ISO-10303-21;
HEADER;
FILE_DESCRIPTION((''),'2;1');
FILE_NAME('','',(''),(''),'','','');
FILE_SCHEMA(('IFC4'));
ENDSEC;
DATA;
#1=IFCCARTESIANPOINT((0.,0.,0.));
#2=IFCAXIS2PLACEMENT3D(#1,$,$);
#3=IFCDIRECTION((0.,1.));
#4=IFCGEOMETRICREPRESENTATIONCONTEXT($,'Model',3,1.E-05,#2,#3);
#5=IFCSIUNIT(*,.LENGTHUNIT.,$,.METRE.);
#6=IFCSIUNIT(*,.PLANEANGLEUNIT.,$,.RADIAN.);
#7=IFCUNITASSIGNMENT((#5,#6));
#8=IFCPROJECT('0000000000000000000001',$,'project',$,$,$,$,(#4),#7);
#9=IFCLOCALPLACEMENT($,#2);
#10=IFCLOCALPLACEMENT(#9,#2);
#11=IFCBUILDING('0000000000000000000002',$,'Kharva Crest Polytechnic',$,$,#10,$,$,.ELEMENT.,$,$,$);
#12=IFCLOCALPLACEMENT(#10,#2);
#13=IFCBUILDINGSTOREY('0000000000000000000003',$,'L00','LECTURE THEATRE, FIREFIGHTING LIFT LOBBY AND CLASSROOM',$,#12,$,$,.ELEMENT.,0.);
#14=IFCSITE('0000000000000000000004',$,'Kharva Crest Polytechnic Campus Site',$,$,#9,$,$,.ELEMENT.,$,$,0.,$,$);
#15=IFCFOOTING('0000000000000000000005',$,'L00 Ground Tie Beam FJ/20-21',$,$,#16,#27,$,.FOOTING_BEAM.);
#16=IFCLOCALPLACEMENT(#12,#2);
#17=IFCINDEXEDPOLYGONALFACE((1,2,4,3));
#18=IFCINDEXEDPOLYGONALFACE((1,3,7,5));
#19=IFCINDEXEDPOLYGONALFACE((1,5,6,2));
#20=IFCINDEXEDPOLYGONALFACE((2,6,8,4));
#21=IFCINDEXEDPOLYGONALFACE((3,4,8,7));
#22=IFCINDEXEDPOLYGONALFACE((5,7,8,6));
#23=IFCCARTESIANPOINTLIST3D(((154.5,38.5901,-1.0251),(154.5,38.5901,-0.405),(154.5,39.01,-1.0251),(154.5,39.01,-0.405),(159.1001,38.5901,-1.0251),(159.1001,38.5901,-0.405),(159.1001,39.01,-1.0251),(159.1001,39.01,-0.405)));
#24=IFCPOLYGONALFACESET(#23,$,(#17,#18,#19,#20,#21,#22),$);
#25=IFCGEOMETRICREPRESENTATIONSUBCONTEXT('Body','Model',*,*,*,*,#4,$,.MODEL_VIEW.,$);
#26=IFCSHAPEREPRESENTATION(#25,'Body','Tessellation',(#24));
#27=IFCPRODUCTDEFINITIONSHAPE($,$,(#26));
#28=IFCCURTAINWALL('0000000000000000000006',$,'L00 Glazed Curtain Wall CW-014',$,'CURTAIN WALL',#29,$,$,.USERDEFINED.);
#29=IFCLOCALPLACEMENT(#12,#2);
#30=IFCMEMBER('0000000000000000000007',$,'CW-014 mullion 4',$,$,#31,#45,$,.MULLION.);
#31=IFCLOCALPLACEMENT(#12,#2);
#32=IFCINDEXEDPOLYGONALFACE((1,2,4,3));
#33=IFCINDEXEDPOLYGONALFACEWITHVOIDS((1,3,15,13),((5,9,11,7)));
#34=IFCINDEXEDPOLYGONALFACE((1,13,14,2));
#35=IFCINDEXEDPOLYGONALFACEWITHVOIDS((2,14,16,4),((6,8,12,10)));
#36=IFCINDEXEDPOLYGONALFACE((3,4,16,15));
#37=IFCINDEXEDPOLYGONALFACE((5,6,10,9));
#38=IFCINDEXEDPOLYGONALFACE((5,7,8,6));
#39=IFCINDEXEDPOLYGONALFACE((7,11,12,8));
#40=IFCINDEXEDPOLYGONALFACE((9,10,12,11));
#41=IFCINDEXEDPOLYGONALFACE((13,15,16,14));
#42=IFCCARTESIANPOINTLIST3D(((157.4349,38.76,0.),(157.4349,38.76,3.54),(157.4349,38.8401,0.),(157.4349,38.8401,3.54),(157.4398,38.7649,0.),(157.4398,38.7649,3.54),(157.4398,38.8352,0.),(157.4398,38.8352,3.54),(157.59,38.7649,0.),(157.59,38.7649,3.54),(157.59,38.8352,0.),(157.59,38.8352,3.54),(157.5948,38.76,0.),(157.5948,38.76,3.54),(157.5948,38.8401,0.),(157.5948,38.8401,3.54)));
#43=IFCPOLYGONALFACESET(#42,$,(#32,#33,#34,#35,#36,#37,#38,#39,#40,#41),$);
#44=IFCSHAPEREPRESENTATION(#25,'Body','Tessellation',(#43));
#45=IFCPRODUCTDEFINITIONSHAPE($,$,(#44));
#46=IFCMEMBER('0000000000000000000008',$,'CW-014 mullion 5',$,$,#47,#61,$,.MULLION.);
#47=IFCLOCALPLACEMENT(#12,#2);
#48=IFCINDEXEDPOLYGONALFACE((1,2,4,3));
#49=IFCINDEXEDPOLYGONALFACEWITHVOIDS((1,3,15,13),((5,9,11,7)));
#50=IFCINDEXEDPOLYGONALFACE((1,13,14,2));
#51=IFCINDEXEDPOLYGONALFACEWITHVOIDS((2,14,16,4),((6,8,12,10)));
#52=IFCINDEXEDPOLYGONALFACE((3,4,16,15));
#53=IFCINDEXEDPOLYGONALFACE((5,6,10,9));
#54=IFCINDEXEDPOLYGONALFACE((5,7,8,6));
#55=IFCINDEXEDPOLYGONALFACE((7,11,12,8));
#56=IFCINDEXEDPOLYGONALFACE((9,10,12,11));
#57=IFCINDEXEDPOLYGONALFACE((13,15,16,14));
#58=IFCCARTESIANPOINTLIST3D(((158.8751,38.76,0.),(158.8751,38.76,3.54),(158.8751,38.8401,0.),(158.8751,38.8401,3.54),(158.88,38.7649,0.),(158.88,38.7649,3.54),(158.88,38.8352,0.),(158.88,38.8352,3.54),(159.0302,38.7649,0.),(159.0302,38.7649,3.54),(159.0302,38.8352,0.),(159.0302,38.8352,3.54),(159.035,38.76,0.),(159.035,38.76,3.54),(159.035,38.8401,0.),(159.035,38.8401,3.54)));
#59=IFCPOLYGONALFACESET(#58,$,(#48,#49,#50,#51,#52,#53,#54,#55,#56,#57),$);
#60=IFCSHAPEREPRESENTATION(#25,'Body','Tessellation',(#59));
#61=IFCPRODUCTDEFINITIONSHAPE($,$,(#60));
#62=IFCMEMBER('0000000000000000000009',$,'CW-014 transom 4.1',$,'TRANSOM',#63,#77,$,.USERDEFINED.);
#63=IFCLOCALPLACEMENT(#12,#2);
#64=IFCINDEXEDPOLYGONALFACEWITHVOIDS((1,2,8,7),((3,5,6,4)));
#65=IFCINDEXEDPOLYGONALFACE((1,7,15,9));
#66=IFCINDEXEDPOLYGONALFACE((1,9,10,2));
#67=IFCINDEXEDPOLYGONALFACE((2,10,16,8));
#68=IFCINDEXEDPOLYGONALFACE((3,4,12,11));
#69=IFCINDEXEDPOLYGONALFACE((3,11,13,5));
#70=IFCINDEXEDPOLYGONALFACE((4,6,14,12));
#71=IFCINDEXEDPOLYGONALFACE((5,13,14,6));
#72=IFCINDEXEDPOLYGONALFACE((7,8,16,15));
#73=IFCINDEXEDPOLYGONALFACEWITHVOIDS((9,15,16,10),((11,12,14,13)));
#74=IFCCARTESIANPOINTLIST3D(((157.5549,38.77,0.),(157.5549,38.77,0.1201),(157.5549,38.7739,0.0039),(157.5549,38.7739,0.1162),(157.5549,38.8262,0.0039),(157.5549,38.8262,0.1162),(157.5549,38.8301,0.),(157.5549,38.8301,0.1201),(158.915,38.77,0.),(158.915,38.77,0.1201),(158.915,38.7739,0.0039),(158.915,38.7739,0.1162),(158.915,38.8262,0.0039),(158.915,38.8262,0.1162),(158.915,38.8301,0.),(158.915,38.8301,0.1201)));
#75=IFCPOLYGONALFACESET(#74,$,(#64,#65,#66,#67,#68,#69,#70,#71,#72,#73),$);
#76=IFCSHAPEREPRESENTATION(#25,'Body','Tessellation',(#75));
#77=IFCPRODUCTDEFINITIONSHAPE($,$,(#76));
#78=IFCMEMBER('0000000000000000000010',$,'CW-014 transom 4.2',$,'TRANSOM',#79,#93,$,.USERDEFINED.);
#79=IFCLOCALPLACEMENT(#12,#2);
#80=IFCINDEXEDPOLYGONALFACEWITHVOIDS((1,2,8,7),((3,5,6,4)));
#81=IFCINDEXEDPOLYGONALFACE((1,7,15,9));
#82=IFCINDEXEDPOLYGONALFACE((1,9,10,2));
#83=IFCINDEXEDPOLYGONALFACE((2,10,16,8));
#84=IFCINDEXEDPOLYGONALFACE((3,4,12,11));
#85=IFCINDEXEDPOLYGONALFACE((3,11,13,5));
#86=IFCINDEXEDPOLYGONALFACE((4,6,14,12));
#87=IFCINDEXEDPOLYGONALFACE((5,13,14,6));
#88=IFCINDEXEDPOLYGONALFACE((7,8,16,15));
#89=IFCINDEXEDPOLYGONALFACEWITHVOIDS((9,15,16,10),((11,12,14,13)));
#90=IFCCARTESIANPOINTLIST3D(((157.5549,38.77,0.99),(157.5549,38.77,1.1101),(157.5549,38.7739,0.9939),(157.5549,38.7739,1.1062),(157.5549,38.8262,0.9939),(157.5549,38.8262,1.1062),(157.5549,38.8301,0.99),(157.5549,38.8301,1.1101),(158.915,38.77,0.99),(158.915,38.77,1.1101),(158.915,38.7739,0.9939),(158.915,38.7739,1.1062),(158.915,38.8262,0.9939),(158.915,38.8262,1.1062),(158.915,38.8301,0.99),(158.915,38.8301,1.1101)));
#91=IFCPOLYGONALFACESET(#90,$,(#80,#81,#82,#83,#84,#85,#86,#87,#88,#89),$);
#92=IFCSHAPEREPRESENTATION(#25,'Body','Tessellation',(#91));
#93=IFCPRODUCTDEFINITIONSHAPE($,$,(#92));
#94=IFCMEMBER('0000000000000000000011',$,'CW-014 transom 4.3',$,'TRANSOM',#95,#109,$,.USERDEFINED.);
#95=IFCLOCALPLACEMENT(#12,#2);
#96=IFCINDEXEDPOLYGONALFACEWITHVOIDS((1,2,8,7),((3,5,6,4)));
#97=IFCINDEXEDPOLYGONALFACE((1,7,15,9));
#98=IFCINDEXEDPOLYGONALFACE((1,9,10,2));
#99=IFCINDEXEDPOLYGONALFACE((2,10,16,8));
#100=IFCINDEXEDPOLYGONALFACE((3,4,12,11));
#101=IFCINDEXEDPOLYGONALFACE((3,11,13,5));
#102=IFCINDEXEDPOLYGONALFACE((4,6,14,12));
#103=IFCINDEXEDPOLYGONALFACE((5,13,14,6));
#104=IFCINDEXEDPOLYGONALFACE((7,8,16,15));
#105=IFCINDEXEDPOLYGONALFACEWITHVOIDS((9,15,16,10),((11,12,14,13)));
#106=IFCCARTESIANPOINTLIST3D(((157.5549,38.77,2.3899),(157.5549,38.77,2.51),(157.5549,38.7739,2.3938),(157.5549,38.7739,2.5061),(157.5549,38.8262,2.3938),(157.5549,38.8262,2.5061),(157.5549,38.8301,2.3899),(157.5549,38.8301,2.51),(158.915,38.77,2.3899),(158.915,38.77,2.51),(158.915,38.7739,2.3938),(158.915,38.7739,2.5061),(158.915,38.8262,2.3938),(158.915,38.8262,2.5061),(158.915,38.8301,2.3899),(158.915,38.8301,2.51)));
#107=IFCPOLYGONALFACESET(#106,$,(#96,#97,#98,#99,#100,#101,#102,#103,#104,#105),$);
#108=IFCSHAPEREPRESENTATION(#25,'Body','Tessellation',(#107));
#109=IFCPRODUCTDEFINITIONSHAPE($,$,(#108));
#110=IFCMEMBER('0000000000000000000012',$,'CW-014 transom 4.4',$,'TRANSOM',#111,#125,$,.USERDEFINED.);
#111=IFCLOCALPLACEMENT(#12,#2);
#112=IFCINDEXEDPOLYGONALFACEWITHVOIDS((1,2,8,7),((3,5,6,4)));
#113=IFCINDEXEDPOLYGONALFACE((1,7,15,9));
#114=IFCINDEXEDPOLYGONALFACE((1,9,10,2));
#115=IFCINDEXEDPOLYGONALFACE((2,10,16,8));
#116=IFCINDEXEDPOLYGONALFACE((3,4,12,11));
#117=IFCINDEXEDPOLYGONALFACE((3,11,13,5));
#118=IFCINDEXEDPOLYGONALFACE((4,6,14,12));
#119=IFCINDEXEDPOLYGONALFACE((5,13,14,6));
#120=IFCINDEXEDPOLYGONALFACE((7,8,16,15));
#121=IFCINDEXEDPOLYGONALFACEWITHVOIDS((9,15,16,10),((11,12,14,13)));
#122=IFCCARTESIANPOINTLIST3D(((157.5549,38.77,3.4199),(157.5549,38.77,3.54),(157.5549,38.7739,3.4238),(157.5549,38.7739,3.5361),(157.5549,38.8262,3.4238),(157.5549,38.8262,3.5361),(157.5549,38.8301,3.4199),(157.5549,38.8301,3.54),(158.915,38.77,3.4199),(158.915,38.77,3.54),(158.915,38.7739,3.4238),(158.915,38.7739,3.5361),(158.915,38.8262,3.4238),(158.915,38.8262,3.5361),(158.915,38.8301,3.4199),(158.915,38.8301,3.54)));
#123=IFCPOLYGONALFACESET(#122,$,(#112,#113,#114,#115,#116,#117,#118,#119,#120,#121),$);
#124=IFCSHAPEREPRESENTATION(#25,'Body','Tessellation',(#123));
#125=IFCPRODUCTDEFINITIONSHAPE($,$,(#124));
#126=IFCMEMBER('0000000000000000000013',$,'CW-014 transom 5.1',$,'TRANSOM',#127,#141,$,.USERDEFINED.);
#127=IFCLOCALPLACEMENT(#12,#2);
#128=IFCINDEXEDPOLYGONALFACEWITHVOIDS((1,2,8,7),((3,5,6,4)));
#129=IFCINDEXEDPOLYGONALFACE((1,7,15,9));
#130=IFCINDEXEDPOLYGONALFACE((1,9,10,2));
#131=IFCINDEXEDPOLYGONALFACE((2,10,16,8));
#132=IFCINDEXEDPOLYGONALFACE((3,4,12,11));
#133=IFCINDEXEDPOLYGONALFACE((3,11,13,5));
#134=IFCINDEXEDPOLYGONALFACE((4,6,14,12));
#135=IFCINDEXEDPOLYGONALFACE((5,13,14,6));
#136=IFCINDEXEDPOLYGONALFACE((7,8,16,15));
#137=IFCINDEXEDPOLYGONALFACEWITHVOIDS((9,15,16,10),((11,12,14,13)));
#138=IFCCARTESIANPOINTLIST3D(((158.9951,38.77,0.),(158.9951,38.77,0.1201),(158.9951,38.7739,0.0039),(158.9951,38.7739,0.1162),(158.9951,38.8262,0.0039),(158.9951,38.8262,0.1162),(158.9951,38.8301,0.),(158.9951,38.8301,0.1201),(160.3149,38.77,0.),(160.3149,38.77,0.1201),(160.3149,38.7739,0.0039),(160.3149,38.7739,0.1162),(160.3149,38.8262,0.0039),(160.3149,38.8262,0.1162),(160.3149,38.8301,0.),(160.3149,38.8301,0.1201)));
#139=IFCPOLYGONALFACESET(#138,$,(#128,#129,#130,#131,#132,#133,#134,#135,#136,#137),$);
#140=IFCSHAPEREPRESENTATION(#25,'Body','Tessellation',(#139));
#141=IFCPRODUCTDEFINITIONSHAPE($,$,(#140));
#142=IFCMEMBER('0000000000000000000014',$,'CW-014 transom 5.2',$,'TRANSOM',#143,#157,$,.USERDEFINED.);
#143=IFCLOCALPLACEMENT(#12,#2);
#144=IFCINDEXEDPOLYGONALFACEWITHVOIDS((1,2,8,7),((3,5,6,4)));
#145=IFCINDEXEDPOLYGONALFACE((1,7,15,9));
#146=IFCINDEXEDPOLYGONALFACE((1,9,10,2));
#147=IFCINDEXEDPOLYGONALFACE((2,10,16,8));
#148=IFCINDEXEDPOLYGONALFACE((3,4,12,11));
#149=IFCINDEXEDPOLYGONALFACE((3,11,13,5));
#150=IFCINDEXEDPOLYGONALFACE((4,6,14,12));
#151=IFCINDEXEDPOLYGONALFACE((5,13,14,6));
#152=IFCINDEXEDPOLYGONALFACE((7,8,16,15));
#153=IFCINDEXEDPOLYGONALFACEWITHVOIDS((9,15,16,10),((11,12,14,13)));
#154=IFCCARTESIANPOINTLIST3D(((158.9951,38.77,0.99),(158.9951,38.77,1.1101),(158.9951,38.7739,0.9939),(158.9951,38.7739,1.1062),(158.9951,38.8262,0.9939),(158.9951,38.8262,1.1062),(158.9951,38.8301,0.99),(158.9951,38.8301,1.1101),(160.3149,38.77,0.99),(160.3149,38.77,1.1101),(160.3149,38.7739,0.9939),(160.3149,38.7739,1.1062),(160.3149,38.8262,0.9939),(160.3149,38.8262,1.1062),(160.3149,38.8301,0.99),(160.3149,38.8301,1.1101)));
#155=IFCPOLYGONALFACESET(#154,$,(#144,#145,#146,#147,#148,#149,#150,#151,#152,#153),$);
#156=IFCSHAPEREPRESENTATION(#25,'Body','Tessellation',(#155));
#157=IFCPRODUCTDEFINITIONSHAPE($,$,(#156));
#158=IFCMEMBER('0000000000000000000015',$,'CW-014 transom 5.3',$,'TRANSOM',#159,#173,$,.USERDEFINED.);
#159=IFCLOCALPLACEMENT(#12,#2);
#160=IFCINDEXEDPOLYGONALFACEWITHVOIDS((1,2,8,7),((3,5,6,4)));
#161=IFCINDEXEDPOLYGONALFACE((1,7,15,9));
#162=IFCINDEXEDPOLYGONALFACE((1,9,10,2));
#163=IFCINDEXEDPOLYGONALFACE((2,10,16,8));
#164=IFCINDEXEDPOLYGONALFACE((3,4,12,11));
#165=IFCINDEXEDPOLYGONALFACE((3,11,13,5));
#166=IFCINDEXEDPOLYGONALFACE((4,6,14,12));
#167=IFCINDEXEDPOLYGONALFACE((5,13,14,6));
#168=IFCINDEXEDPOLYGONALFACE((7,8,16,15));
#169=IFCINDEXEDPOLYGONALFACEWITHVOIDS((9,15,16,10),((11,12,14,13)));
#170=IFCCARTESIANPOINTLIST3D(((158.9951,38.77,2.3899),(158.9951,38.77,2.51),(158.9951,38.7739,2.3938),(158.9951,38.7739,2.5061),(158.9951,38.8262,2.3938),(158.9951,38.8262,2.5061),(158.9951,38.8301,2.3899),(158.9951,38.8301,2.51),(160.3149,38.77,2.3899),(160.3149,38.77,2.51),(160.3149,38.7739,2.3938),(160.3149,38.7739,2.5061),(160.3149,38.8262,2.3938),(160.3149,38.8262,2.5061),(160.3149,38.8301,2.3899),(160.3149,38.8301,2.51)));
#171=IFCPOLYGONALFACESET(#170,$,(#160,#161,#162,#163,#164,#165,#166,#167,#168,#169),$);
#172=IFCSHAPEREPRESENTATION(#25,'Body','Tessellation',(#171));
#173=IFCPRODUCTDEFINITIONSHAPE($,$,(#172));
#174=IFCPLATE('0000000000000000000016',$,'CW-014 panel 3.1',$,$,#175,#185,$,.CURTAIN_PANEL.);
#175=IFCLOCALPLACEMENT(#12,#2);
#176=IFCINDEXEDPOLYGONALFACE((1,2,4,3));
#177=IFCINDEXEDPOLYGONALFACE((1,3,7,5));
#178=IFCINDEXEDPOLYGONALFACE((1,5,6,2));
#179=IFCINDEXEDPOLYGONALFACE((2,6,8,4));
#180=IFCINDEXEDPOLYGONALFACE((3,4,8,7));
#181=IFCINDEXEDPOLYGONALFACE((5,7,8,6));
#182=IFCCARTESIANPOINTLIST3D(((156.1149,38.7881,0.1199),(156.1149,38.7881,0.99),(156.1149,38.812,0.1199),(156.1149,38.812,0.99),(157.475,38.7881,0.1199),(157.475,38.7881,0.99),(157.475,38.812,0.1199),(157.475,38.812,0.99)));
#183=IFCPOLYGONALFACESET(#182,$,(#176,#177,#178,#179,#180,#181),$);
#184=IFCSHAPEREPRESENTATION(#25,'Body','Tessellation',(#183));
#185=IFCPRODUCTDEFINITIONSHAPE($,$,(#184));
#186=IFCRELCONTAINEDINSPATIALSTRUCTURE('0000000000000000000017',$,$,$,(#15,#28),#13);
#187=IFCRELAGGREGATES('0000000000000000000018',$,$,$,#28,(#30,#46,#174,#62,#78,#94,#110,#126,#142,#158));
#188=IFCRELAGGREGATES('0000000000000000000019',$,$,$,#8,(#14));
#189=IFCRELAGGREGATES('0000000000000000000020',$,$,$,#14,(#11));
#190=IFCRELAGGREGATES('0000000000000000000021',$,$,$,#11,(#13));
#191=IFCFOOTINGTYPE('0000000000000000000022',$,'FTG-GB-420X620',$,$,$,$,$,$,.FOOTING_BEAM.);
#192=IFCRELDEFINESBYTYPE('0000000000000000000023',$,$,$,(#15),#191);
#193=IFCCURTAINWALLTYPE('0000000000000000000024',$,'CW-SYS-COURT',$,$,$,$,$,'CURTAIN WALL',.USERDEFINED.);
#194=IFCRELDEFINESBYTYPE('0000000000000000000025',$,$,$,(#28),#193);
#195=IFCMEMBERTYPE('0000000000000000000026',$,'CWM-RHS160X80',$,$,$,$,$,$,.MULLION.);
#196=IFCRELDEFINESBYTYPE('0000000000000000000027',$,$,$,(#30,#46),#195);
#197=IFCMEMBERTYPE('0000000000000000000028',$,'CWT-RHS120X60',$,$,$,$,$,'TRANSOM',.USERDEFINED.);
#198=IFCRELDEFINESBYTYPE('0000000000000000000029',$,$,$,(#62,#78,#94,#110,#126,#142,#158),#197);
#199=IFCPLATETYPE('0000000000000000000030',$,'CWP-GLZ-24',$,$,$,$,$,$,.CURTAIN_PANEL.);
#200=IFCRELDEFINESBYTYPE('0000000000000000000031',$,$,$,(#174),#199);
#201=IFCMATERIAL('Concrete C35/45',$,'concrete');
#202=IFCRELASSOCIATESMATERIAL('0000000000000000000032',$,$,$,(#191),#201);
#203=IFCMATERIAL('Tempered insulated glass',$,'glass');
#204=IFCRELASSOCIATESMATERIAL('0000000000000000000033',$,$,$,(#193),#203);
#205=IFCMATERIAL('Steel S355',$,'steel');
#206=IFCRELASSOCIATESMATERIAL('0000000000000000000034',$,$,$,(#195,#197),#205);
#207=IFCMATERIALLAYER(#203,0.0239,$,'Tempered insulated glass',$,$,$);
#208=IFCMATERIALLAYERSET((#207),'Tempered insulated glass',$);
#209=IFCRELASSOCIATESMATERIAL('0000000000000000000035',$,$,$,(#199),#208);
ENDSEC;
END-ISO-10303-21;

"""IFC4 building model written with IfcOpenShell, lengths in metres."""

from ifc_helpers import new_model, si_unit, direction, frame, origin, origin_2d, place, context, subcontext, project, spatial, rectangle, hollow_rectangle, extrude, material, layer, layer_set, material_profile, profile_set, type_object, element, aggregate, save


model = new_model("IFC4")

# Units and contexts
model_context = context("Model", 3, precision=1e-05, world=origin(), true_north=direction((0.0, 1.0)))
body_context = subcontext(model_context, "Body", "Model", "MODEL_VIEW")
ifc_project = project(units=[si_unit("LENGTHUNIT", "METRE"), si_unit("PLANEANGLEUNIT", "RADIAN")], contexts=[model_context])

# Site, building, storey
site_placement = place(None, origin())
site = spatial("IfcSite", under=ifc_project, at=site_placement, Name="Kharva Crest Polytechnic Campus Site", CompositionType="ELEMENT", RefElevation=0.0)
building_placement = place(site_placement, origin())
building = spatial("IfcBuilding", under=site, at=building_placement, Name="Kharva Crest Polytechnic", CompositionType="ELEMENT")
storey_placement = place(building_placement, origin())
storey = spatial("IfcBuildingStorey", under=building, at=storey_placement, Name="L00", Description="LECTURE THEATRE, FIREFIGHTING LIFT LOBBY AND CLASSROOM", CompositionType="ELEMENT", Elevation=0.0)

# Footing
ifc_material_1 = material(Name="Concrete C35/45", Category="concrete")
footing_type = type_object("IfcFootingType", Name="FTG-GB-420X620", PredefinedType="FOOTING_BEAM", material=ifc_material_1)
footing_placement = place(storey_placement, frame((156.8, 38.8, -1.0251), z_axis=(0.0, 0.0, 1.0), x_axis=(1.0, 0.0, 0.0)))
element("IfcFooting", 1, at=footing_placement, inside=storey, type_object=footing_type, Name="L00 Ground Tie Beam FJ/20-21", PredefinedType="FOOTING_BEAM", context=body_context, shape_type="SweptSolid", body=[
    extrude(rectangle(XDim=4.6001, YDim=0.4199, at=origin_2d()), origin(), (0.0, 0.0, 1.0), 0.6201),
])

# Curtain wall, members, plate
ifc_material_2 = material(Name="Tempered insulated glass", Category="glass")
curtain_wall_type = type_object("IfcCurtainWallType", Name="CW-SYS-COURT", ElementType="CURTAIN WALL", PredefinedType="USERDEFINED", material=ifc_material_2)
curtain_wall_placement = place(storey_placement, origin())
curtain_wall = element("IfcCurtainWall", 2, at=curtain_wall_placement, inside=storey, type_object=curtain_wall_type, Name="L00 Glazed Curtain Wall CW-014", ObjectType="CURTAIN WALL", PredefinedType="USERDEFINED")
ifc_material_3 = material(Name="Steel S355", Category="steel")
ifc_material_profile_1 = material_profile(ifc_material_3, hollow_rectangle(XDim=0.0801, YDim=0.1599, WallThickness=0.0049, at=origin_2d()), Name="RHS 160X80X5.0")
ifc_profile_set_1 = profile_set([ifc_material_profile_1], Name="Steel S355")
member_type_1 = type_object("IfcMemberType", Name="CWM-RHS160X80", PredefinedType="MULLION", material=ifc_profile_set_1)
member_1_placement = place(storey_placement, frame((157.5149, 38.8, 0.0), z_axis=(0.0, 0.0, 1.0), x_axis=(0.0, 1.0, 0.0)))
member_1 = element("IfcMember", 3, at=member_1_placement, type_object=member_type_1, Name="CW-014 mullion 4", PredefinedType="MULLION", context=body_context, shape_type="SweptSolid", body=[
    extrude(hollow_rectangle(XDim=0.0801, YDim=0.1599, WallThickness=0.0049, at=origin_2d()), origin(), (0.0, 0.0, 1.0), 3.54),
])
member_2_placement = place(storey_placement, frame((158.9551, 38.8, 0.0), z_axis=(0.0, 0.0, 1.0), x_axis=(0.0, 1.0, 0.0)))
member_2 = element("IfcMember", 4, at=member_2_placement, type_object=member_type_1, Name="CW-014 mullion 5", PredefinedType="MULLION", context=body_context, shape_type="SweptSolid", body=[
    extrude(hollow_rectangle(XDim=0.0801, YDim=0.1599, WallThickness=0.0049, at=origin_2d()), origin(), (0.0, 0.0, 1.0), 3.54),
])
ifc_material_profile_2 = material_profile(ifc_material_3, hollow_rectangle(XDim=0.0601, YDim=0.1201, WallThickness=0.0039, at=origin_2d()), Name="RHS 120X60X4.0")
ifc_profile_set_2 = profile_set([ifc_material_profile_2], Name="Steel S355")
member_type_2 = type_object("IfcMemberType", Name="CWT-RHS120X60", ElementType="TRANSOM", PredefinedType="USERDEFINED", material=ifc_profile_set_2)
member_3_placement = place(storey_placement, frame((157.5549, 38.8, 0.0601), z_axis=(1.0, 0.0, 0.0), x_axis=(0.0, 1.0, 0.0)))
member_3 = element("IfcMember", 5, at=member_3_placement, type_object=member_type_2, Name="CW-014 transom 4.1", ObjectType="TRANSOM", PredefinedType="USERDEFINED", context=body_context, shape_type="SweptSolid", body=[
    extrude(hollow_rectangle(XDim=0.0601, YDim=0.1201, WallThickness=0.0039, at=origin_2d()), origin(), (0.0, 0.0, 1.0), 1.3601),
])
member_4_placement = place(storey_placement, frame((157.5549, 38.8, 1.05), z_axis=(1.0, 0.0, 0.0), x_axis=(0.0, 1.0, 0.0)))
member_4 = element("IfcMember", 6, at=member_4_placement, type_object=member_type_2, Name="CW-014 transom 4.2", ObjectType="TRANSOM", PredefinedType="USERDEFINED", context=body_context, shape_type="SweptSolid", body=[
    extrude(hollow_rectangle(XDim=0.0601, YDim=0.1201, WallThickness=0.0039, at=origin_2d()), origin(), (0.0, 0.0, 1.0), 1.3601),
])
member_5_placement = place(storey_placement, frame((157.5549, 38.8, 2.45), z_axis=(1.0, 0.0, 0.0), x_axis=(0.0, 1.0, 0.0)))
member_5 = element("IfcMember", 7, at=member_5_placement, type_object=member_type_2, Name="CW-014 transom 4.3", ObjectType="TRANSOM", PredefinedType="USERDEFINED", context=body_context, shape_type="SweptSolid", body=[
    extrude(hollow_rectangle(XDim=0.0601, YDim=0.1201, WallThickness=0.0039, at=origin_2d()), origin(), (0.0, 0.0, 1.0), 1.3601),
])
member_6_placement = place(storey_placement, frame((157.5549, 38.8, 3.48), z_axis=(1.0, 0.0, 0.0), x_axis=(0.0, 1.0, 0.0)))
member_6 = element("IfcMember", 8, at=member_6_placement, type_object=member_type_2, Name="CW-014 transom 4.4", ObjectType="TRANSOM", PredefinedType="USERDEFINED", context=body_context, shape_type="SweptSolid", body=[
    extrude(hollow_rectangle(XDim=0.0601, YDim=0.1201, WallThickness=0.0039, at=origin_2d()), origin(), (0.0, 0.0, 1.0), 1.3601),
])
member_7_placement = place(storey_placement, frame((158.9951, 38.8, 0.0601), z_axis=(1.0, 0.0, 0.0), x_axis=(0.0, 1.0, 0.0)))
member_7 = element("IfcMember", 9, at=member_7_placement, type_object=member_type_2, Name="CW-014 transom 5.1", ObjectType="TRANSOM", PredefinedType="USERDEFINED", context=body_context, shape_type="SweptSolid", body=[
    extrude(hollow_rectangle(XDim=0.0601, YDim=0.1201, WallThickness=0.0039, at=origin_2d()), origin(), (0.0, 0.0, 1.0), 1.3198),
])
member_8_placement = place(storey_placement, frame((158.9951, 38.8, 1.05), z_axis=(1.0, 0.0, 0.0), x_axis=(0.0, 1.0, 0.0)))
member_8 = element("IfcMember", 10, at=member_8_placement, type_object=member_type_2, Name="CW-014 transom 5.2", ObjectType="TRANSOM", PredefinedType="USERDEFINED", context=body_context, shape_type="SweptSolid", body=[
    extrude(hollow_rectangle(XDim=0.0601, YDim=0.1201, WallThickness=0.0039, at=origin_2d()), origin(), (0.0, 0.0, 1.0), 1.3198),
])
member_9_placement = place(storey_placement, frame((158.9951, 38.8, 2.45), z_axis=(1.0, 0.0, 0.0), x_axis=(0.0, 1.0, 0.0)))
member_9 = element("IfcMember", 11, at=member_9_placement, type_object=member_type_2, Name="CW-014 transom 5.3", ObjectType="TRANSOM", PredefinedType="USERDEFINED", context=body_context, shape_type="SweptSolid", body=[
    extrude(hollow_rectangle(XDim=0.0601, YDim=0.1201, WallThickness=0.0039, at=origin_2d()), origin(), (0.0, 0.0, 1.0), 1.3198),
])
ifc_layer = layer(ifc_material_2, 0.0239, Name="Tempered insulated glass")
ifc_layer_set = layer_set([ifc_layer], Name="Tempered insulated glass")
plate_type = type_object("IfcPlateType", Name="CWP-GLZ-24", PredefinedType="CURTAIN_PANEL", material=ifc_layer_set)
plate_1_placement = place(storey_placement, frame((156.7949, 38.8, 0.1199), z_axis=(0.0, 0.0, 1.0), x_axis=(1.0, 0.0, 0.0)))
plate_1 = element("IfcPlate", 12, at=plate_1_placement, type_object=plate_type, Name="CW-014 panel 3.1", PredefinedType="CURTAIN_PANEL", context=body_context, shape_type="SweptSolid", body=[
    extrude(rectangle(XDim=1.3601, YDim=0.0239, at=origin_2d()), origin(), (0.0, 0.0, 1.0), 0.8701),
])
aggregate(curtain_wall, [member_1, member_2, plate_1, member_3, member_4, member_5, member_6, member_7, member_8, member_9])

save(model, "model.ifc")
